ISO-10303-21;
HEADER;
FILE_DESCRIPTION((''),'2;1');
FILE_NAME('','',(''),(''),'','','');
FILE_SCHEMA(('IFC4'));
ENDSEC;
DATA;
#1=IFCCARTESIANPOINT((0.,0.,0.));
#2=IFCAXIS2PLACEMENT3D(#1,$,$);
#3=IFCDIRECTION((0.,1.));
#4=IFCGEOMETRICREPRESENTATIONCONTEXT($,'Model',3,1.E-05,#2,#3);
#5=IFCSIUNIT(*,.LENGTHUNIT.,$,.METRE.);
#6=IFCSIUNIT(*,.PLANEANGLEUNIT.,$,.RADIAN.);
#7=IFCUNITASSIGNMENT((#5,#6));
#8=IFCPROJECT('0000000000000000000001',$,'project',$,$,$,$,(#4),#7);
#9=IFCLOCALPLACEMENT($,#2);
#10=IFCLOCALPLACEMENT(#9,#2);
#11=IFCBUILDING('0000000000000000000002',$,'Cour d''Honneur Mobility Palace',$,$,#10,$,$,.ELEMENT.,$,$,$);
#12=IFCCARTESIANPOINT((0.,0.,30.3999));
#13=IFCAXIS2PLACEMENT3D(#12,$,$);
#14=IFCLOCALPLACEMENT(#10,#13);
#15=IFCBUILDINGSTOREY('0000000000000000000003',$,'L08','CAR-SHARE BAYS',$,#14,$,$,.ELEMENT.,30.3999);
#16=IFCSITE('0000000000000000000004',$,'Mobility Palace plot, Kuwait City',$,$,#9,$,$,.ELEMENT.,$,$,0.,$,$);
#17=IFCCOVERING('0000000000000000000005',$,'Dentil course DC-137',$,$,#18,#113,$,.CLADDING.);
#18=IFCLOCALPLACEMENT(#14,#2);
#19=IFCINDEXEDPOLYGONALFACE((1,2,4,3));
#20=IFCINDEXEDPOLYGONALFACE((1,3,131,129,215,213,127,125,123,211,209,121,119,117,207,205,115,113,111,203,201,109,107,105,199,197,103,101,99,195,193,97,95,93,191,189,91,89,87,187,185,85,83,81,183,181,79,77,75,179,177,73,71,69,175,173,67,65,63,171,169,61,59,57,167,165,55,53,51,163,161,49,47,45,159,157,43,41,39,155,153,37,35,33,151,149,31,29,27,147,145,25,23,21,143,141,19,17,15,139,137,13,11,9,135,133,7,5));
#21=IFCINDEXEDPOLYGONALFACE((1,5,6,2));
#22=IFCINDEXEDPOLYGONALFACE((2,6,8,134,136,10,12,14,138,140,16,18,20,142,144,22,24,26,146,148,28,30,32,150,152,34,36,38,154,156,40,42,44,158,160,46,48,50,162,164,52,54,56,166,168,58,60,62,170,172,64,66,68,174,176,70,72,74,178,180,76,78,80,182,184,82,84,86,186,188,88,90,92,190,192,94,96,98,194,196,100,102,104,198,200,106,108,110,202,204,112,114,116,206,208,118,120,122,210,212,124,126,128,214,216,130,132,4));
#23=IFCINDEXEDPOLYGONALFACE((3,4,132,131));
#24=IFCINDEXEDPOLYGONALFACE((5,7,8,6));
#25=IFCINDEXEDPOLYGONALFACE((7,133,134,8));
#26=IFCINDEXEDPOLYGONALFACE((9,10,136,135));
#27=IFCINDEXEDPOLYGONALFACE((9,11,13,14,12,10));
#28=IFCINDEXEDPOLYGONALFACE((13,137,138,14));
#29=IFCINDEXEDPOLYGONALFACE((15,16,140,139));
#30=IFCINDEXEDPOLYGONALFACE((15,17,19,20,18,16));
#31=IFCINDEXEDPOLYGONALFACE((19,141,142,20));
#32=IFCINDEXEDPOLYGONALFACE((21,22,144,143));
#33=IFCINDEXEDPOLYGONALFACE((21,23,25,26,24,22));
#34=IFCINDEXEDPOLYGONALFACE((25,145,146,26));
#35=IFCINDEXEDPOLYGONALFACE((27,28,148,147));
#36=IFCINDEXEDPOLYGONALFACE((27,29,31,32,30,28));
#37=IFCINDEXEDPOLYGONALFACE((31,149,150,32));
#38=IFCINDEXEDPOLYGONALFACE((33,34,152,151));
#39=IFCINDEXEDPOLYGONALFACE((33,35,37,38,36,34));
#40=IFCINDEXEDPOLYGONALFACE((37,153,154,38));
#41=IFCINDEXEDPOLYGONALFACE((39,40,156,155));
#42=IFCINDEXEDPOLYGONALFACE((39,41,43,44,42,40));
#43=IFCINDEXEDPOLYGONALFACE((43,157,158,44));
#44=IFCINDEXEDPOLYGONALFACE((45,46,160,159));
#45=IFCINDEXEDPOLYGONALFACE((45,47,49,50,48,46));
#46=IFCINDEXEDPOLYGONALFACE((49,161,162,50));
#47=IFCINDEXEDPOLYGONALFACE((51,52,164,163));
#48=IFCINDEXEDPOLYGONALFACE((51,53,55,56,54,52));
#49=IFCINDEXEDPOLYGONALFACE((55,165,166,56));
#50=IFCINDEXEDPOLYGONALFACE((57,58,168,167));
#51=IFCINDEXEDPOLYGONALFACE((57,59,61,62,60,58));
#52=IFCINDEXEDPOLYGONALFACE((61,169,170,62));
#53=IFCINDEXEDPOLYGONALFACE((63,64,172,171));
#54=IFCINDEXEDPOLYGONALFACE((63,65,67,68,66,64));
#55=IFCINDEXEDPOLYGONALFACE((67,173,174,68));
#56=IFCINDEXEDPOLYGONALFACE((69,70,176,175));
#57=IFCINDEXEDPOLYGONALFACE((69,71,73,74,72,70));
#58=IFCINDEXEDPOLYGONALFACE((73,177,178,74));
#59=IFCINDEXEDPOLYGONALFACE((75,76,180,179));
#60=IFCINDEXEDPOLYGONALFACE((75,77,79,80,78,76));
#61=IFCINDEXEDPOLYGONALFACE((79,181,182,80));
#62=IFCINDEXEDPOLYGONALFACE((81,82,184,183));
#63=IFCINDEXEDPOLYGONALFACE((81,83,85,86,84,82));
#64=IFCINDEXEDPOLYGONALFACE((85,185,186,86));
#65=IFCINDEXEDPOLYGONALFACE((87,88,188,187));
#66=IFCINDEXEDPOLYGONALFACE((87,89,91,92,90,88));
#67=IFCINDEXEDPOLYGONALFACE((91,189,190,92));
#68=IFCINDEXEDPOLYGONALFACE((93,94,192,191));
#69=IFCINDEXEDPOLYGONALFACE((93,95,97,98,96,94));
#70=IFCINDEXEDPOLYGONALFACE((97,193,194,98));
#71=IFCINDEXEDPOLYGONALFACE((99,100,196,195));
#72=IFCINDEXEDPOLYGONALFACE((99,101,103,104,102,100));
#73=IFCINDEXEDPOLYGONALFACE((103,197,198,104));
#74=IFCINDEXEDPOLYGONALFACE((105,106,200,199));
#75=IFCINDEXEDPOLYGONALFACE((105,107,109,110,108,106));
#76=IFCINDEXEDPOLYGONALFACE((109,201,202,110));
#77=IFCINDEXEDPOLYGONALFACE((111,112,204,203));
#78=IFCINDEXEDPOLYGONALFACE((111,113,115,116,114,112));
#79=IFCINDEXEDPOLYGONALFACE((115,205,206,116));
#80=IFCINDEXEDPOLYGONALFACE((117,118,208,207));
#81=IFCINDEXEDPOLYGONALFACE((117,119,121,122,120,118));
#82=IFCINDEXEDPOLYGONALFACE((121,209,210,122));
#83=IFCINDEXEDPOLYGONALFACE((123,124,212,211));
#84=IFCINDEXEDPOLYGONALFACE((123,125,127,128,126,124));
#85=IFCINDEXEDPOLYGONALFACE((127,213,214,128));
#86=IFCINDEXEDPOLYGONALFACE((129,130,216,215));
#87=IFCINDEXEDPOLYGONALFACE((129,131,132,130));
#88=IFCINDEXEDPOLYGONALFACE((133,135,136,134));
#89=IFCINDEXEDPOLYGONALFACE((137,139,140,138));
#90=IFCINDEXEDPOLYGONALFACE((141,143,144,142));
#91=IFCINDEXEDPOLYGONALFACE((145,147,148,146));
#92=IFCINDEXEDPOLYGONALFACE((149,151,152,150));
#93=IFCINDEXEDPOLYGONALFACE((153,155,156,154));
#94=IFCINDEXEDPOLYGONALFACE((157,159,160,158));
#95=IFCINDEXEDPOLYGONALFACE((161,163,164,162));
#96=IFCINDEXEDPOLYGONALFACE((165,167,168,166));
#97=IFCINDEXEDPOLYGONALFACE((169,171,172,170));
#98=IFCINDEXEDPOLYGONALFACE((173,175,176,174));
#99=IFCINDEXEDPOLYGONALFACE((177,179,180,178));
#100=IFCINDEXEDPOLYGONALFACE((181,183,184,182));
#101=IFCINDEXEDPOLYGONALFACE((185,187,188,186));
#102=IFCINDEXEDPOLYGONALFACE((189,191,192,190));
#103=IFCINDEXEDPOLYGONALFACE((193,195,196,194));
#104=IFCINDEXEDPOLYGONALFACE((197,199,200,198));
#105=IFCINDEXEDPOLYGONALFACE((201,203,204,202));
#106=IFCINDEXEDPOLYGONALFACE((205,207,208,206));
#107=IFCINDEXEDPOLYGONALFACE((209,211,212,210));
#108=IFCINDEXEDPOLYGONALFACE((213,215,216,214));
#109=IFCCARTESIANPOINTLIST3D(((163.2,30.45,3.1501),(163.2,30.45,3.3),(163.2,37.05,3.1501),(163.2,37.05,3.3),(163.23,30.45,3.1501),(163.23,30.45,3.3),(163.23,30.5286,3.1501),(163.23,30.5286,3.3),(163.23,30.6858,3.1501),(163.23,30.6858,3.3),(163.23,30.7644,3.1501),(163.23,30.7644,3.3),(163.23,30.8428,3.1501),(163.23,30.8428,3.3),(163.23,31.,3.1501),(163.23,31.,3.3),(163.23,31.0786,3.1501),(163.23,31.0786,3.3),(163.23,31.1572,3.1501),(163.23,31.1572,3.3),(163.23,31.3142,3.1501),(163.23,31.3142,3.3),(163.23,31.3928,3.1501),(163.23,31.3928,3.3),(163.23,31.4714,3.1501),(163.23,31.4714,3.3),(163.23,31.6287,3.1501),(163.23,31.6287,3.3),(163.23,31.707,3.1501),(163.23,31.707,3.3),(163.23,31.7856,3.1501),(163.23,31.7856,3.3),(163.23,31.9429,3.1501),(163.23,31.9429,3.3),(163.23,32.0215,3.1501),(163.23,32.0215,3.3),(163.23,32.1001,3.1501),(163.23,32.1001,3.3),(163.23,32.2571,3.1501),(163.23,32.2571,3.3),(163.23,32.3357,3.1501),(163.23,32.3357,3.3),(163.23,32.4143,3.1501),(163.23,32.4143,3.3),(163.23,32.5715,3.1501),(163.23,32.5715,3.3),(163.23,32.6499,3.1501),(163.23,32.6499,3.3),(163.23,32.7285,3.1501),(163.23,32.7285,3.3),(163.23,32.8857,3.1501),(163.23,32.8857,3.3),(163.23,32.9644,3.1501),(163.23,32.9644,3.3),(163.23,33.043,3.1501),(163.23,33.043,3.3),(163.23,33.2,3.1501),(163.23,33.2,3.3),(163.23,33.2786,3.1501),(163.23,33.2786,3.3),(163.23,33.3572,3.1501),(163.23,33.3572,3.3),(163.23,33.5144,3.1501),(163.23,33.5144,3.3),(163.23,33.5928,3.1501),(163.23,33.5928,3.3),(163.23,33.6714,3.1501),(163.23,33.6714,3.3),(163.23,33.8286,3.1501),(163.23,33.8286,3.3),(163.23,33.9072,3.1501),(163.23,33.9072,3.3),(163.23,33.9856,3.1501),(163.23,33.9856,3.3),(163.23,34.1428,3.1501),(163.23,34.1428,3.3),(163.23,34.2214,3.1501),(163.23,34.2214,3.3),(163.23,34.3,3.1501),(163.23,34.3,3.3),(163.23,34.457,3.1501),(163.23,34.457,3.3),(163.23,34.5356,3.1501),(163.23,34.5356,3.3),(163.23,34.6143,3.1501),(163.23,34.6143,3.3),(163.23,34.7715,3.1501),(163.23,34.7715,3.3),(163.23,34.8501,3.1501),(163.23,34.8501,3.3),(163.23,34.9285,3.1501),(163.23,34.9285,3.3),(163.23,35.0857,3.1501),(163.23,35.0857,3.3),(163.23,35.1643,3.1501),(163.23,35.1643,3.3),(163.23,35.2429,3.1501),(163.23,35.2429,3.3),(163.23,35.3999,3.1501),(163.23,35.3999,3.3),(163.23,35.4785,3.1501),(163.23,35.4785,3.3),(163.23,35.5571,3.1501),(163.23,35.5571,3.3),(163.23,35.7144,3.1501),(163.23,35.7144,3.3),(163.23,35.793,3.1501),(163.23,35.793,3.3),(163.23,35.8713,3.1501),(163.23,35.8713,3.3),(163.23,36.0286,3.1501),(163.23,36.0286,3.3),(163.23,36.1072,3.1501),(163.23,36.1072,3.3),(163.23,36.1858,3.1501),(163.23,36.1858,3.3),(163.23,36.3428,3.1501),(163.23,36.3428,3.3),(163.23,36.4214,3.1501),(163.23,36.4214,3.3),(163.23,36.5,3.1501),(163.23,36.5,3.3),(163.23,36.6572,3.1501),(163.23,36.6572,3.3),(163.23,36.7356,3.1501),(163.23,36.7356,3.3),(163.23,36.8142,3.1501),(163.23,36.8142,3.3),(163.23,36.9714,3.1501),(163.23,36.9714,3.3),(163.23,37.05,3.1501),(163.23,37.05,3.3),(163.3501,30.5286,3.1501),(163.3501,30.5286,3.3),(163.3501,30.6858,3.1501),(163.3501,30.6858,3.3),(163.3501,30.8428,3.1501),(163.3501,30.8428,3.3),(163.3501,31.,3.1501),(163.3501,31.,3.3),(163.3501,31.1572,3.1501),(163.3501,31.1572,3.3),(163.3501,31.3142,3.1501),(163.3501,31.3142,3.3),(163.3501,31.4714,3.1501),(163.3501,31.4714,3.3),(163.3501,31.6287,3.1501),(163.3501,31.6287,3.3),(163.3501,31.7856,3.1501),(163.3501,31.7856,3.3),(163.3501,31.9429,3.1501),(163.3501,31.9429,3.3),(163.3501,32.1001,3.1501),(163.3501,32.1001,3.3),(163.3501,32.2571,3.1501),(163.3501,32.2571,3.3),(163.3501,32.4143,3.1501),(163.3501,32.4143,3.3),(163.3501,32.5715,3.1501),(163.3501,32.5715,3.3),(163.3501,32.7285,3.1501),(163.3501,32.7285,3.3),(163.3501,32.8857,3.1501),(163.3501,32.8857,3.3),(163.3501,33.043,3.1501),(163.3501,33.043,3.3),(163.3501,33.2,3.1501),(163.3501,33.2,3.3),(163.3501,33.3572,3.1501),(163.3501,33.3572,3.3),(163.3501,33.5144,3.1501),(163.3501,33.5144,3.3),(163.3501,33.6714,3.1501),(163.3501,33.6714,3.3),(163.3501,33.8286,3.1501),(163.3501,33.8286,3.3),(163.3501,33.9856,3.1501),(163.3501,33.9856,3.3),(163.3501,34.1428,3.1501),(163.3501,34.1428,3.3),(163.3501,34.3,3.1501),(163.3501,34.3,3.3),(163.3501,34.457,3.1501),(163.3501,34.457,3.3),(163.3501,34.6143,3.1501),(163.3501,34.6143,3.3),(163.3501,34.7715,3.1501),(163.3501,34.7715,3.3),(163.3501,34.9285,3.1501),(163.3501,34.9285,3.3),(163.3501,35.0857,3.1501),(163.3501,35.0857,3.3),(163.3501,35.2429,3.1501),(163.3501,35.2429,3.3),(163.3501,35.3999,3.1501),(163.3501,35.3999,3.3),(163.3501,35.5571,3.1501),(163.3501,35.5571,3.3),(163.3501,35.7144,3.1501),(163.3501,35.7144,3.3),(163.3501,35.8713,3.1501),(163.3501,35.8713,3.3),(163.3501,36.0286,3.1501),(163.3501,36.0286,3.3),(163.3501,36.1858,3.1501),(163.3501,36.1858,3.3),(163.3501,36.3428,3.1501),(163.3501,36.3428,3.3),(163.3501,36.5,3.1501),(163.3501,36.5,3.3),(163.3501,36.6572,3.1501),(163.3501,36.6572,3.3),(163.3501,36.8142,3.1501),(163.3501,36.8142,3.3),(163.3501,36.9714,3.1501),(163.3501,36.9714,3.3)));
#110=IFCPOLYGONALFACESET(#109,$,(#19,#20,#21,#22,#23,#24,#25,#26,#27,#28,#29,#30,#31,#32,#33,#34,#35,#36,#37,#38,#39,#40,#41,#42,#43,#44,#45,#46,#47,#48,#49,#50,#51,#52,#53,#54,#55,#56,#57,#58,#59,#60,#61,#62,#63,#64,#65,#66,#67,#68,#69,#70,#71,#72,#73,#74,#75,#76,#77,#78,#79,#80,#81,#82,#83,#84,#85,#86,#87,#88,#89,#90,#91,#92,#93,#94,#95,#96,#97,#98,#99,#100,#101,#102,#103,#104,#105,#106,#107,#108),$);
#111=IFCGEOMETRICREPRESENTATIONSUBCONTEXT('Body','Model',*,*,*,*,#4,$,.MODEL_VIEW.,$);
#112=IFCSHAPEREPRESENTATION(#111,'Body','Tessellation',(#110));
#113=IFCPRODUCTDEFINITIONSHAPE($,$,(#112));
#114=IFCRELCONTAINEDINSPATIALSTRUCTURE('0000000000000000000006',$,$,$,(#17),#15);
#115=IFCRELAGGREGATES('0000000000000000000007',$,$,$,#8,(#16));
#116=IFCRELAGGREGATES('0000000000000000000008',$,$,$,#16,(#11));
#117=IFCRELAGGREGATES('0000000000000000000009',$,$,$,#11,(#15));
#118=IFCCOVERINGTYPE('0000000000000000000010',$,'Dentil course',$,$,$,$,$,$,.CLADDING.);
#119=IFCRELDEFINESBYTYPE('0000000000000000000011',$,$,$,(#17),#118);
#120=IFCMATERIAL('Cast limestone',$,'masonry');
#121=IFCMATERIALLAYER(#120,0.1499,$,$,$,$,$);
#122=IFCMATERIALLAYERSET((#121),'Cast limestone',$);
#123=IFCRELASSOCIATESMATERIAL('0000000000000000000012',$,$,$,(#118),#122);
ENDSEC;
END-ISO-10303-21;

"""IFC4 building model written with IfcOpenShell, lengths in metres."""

from ifc_helpers import new_model, si_unit, direction, frame, origin, place, context, subcontext, project, spatial, polyline, outline, extrude, material, layer, layer_set, type_object, element, save


model = new_model("IFC4")

# Units and contexts
model_context = context("Model", 3, precision=1e-05, world=origin(), true_north=direction((0.0, 1.0)))
body_context = subcontext(model_context, "Body", "Model", "MODEL_VIEW")
ifc_project = project(units=[si_unit("LENGTHUNIT", "METRE"), si_unit("PLANEANGLEUNIT", "RADIAN")], contexts=[model_context])

# Site, building, storey
site_placement = place(None, origin())
site = spatial("IfcSite", under=ifc_project, at=site_placement, Name="Mobility Palace plot, Kuwait City", CompositionType="ELEMENT", RefElevation=0.0)
building_placement = place(site_placement, origin())
building = spatial("IfcBuilding", under=site, at=building_placement, Name="Cour d'Honneur Mobility Palace", CompositionType="ELEMENT")
storey_placement = place(building_placement, frame((0.0, 0.0, 30.3999)))
storey = spatial("IfcBuildingStorey", under=building, at=storey_placement, Name="L08", Description="CAR-SHARE BAYS", CompositionType="ELEMENT", Elevation=30.3999)

# Covering
ifc_material_1 = material(Name="Cast limestone", Category="masonry")
ifc_layer_1 = layer(ifc_material_1, 0.1499)
ifc_layer_set_1 = layer_set([ifc_layer_1], Name="Cast limestone")
covering_type_1 = type_object("IfcCoveringType", Name="Dentil course", PredefinedType="CLADDING", material=ifc_layer_set_1)
covering_1_placement = place(storey_placement, frame((0.0, 0.0, 3.1501)))
element("IfcCovering", 1, at=covering_1_placement, inside=storey, type_object=covering_type_1, Name="Dentil course DC-137", PredefinedType="CLADDING", context=body_context, shape_type="SweptSolid", body=[
    extrude(outline(polyline([(163.2, 30.45), (163.2, 37.05), (163.23, 37.05), (163.23, 37.05), (163.23, 36.9714), (163.3501, 36.9714), (163.3501, 36.8142), (163.23, 36.8142), (163.23, 36.7356), (163.23, 36.7356), (163.23, 36.6572), (163.3501, 36.6572), (163.3501, 36.5), (163.23, 36.5), (163.23, 36.4214), (163.23, 36.4214), (163.23, 36.3428), (163.3501, 36.3428), (163.3501, 36.1858), (163.23, 36.1858), (163.23, 36.1072), (163.23, 36.1072), (163.23, 36.0286), (163.3501, 36.0286), (163.3501, 35.8713), (163.23, 35.8713), (163.23, 35.793), (163.23, 35.793), (163.23, 35.7144), (163.3501, 35.7144), (163.3501, 35.5571), (163.23, 35.5571), (163.23, 35.4785), (163.23, 35.4785), (163.23, 35.3999), (163.3501, 35.3999), (163.3501, 35.2429), (163.23, 35.2429), (163.23, 35.1643), (163.23, 35.1643), (163.23, 35.0857), (163.3501, 35.0857), (163.3501, 34.9285), (163.23, 34.9285), (163.23, 34.8501), (163.23, 34.8501), (163.23, 34.7715), (163.3501, 34.7715), (163.3501, 34.6143), (163.23, 34.6143), (163.23, 34.5356), (163.23, 34.5356), (163.23, 34.457), (163.3501, 34.457), (163.3501, 34.3), (163.23, 34.3), (163.23, 34.2214), (163.23, 34.2214), (163.23, 34.1428), (163.3501, 34.1428), (163.3501, 33.9856), (163.23, 33.9856), (163.23, 33.9072), (163.23, 33.9072), (163.23, 33.8286), (163.3501, 33.8286), (163.3501, 33.6714), (163.23, 33.6714), (163.23, 33.5928), (163.23, 33.5928), (163.23, 33.5144), (163.3501, 33.5144), (163.3501, 33.3572), (163.23, 33.3572), (163.23, 33.2786), (163.23, 33.2786), (163.23, 33.2), (163.3501, 33.2), (163.3501, 33.043), (163.23, 33.043), (163.23, 32.9644), (163.23, 32.9644), (163.23, 32.8857), (163.3501, 32.8857), (163.3501, 32.7285), (163.23, 32.7285), (163.23, 32.6499), (163.23, 32.6499), (163.23, 32.5715), (163.3501, 32.5715), (163.3501, 32.4143), (163.23, 32.4143), (163.23, 32.3357), (163.23, 32.3357), (163.23, 32.2571), (163.3501, 32.2571), (163.3501, 32.1001), (163.23, 32.1001), (163.23, 32.0215), (163.23, 32.0215), (163.23, 31.9429), (163.3501, 31.9429), (163.3501, 31.7856), (163.23, 31.7856), (163.23, 31.707), (163.23, 31.707), (163.23, 31.6287), (163.3501, 31.6287), (163.3501, 31.4714), (163.23, 31.4714), (163.23, 31.3928), (163.23, 31.3928), (163.23, 31.3142), (163.3501, 31.3142), (163.3501, 31.1572), (163.23, 31.1572), (163.23, 31.0786), (163.23, 31.0786), (163.23, 31.0), (163.3501, 31.0), (163.3501, 30.8428), (163.23, 30.8428), (163.23, 30.7644), (163.23, 30.7644), (163.23, 30.6858), (163.3501, 30.6858), (163.3501, 30.5286), (163.23, 30.5286), (163.23, 30.45), (163.2, 30.45)])), origin(), (0.0, 0.0, 1.0), 0.1499),
])

save(model, "model.ifc")
